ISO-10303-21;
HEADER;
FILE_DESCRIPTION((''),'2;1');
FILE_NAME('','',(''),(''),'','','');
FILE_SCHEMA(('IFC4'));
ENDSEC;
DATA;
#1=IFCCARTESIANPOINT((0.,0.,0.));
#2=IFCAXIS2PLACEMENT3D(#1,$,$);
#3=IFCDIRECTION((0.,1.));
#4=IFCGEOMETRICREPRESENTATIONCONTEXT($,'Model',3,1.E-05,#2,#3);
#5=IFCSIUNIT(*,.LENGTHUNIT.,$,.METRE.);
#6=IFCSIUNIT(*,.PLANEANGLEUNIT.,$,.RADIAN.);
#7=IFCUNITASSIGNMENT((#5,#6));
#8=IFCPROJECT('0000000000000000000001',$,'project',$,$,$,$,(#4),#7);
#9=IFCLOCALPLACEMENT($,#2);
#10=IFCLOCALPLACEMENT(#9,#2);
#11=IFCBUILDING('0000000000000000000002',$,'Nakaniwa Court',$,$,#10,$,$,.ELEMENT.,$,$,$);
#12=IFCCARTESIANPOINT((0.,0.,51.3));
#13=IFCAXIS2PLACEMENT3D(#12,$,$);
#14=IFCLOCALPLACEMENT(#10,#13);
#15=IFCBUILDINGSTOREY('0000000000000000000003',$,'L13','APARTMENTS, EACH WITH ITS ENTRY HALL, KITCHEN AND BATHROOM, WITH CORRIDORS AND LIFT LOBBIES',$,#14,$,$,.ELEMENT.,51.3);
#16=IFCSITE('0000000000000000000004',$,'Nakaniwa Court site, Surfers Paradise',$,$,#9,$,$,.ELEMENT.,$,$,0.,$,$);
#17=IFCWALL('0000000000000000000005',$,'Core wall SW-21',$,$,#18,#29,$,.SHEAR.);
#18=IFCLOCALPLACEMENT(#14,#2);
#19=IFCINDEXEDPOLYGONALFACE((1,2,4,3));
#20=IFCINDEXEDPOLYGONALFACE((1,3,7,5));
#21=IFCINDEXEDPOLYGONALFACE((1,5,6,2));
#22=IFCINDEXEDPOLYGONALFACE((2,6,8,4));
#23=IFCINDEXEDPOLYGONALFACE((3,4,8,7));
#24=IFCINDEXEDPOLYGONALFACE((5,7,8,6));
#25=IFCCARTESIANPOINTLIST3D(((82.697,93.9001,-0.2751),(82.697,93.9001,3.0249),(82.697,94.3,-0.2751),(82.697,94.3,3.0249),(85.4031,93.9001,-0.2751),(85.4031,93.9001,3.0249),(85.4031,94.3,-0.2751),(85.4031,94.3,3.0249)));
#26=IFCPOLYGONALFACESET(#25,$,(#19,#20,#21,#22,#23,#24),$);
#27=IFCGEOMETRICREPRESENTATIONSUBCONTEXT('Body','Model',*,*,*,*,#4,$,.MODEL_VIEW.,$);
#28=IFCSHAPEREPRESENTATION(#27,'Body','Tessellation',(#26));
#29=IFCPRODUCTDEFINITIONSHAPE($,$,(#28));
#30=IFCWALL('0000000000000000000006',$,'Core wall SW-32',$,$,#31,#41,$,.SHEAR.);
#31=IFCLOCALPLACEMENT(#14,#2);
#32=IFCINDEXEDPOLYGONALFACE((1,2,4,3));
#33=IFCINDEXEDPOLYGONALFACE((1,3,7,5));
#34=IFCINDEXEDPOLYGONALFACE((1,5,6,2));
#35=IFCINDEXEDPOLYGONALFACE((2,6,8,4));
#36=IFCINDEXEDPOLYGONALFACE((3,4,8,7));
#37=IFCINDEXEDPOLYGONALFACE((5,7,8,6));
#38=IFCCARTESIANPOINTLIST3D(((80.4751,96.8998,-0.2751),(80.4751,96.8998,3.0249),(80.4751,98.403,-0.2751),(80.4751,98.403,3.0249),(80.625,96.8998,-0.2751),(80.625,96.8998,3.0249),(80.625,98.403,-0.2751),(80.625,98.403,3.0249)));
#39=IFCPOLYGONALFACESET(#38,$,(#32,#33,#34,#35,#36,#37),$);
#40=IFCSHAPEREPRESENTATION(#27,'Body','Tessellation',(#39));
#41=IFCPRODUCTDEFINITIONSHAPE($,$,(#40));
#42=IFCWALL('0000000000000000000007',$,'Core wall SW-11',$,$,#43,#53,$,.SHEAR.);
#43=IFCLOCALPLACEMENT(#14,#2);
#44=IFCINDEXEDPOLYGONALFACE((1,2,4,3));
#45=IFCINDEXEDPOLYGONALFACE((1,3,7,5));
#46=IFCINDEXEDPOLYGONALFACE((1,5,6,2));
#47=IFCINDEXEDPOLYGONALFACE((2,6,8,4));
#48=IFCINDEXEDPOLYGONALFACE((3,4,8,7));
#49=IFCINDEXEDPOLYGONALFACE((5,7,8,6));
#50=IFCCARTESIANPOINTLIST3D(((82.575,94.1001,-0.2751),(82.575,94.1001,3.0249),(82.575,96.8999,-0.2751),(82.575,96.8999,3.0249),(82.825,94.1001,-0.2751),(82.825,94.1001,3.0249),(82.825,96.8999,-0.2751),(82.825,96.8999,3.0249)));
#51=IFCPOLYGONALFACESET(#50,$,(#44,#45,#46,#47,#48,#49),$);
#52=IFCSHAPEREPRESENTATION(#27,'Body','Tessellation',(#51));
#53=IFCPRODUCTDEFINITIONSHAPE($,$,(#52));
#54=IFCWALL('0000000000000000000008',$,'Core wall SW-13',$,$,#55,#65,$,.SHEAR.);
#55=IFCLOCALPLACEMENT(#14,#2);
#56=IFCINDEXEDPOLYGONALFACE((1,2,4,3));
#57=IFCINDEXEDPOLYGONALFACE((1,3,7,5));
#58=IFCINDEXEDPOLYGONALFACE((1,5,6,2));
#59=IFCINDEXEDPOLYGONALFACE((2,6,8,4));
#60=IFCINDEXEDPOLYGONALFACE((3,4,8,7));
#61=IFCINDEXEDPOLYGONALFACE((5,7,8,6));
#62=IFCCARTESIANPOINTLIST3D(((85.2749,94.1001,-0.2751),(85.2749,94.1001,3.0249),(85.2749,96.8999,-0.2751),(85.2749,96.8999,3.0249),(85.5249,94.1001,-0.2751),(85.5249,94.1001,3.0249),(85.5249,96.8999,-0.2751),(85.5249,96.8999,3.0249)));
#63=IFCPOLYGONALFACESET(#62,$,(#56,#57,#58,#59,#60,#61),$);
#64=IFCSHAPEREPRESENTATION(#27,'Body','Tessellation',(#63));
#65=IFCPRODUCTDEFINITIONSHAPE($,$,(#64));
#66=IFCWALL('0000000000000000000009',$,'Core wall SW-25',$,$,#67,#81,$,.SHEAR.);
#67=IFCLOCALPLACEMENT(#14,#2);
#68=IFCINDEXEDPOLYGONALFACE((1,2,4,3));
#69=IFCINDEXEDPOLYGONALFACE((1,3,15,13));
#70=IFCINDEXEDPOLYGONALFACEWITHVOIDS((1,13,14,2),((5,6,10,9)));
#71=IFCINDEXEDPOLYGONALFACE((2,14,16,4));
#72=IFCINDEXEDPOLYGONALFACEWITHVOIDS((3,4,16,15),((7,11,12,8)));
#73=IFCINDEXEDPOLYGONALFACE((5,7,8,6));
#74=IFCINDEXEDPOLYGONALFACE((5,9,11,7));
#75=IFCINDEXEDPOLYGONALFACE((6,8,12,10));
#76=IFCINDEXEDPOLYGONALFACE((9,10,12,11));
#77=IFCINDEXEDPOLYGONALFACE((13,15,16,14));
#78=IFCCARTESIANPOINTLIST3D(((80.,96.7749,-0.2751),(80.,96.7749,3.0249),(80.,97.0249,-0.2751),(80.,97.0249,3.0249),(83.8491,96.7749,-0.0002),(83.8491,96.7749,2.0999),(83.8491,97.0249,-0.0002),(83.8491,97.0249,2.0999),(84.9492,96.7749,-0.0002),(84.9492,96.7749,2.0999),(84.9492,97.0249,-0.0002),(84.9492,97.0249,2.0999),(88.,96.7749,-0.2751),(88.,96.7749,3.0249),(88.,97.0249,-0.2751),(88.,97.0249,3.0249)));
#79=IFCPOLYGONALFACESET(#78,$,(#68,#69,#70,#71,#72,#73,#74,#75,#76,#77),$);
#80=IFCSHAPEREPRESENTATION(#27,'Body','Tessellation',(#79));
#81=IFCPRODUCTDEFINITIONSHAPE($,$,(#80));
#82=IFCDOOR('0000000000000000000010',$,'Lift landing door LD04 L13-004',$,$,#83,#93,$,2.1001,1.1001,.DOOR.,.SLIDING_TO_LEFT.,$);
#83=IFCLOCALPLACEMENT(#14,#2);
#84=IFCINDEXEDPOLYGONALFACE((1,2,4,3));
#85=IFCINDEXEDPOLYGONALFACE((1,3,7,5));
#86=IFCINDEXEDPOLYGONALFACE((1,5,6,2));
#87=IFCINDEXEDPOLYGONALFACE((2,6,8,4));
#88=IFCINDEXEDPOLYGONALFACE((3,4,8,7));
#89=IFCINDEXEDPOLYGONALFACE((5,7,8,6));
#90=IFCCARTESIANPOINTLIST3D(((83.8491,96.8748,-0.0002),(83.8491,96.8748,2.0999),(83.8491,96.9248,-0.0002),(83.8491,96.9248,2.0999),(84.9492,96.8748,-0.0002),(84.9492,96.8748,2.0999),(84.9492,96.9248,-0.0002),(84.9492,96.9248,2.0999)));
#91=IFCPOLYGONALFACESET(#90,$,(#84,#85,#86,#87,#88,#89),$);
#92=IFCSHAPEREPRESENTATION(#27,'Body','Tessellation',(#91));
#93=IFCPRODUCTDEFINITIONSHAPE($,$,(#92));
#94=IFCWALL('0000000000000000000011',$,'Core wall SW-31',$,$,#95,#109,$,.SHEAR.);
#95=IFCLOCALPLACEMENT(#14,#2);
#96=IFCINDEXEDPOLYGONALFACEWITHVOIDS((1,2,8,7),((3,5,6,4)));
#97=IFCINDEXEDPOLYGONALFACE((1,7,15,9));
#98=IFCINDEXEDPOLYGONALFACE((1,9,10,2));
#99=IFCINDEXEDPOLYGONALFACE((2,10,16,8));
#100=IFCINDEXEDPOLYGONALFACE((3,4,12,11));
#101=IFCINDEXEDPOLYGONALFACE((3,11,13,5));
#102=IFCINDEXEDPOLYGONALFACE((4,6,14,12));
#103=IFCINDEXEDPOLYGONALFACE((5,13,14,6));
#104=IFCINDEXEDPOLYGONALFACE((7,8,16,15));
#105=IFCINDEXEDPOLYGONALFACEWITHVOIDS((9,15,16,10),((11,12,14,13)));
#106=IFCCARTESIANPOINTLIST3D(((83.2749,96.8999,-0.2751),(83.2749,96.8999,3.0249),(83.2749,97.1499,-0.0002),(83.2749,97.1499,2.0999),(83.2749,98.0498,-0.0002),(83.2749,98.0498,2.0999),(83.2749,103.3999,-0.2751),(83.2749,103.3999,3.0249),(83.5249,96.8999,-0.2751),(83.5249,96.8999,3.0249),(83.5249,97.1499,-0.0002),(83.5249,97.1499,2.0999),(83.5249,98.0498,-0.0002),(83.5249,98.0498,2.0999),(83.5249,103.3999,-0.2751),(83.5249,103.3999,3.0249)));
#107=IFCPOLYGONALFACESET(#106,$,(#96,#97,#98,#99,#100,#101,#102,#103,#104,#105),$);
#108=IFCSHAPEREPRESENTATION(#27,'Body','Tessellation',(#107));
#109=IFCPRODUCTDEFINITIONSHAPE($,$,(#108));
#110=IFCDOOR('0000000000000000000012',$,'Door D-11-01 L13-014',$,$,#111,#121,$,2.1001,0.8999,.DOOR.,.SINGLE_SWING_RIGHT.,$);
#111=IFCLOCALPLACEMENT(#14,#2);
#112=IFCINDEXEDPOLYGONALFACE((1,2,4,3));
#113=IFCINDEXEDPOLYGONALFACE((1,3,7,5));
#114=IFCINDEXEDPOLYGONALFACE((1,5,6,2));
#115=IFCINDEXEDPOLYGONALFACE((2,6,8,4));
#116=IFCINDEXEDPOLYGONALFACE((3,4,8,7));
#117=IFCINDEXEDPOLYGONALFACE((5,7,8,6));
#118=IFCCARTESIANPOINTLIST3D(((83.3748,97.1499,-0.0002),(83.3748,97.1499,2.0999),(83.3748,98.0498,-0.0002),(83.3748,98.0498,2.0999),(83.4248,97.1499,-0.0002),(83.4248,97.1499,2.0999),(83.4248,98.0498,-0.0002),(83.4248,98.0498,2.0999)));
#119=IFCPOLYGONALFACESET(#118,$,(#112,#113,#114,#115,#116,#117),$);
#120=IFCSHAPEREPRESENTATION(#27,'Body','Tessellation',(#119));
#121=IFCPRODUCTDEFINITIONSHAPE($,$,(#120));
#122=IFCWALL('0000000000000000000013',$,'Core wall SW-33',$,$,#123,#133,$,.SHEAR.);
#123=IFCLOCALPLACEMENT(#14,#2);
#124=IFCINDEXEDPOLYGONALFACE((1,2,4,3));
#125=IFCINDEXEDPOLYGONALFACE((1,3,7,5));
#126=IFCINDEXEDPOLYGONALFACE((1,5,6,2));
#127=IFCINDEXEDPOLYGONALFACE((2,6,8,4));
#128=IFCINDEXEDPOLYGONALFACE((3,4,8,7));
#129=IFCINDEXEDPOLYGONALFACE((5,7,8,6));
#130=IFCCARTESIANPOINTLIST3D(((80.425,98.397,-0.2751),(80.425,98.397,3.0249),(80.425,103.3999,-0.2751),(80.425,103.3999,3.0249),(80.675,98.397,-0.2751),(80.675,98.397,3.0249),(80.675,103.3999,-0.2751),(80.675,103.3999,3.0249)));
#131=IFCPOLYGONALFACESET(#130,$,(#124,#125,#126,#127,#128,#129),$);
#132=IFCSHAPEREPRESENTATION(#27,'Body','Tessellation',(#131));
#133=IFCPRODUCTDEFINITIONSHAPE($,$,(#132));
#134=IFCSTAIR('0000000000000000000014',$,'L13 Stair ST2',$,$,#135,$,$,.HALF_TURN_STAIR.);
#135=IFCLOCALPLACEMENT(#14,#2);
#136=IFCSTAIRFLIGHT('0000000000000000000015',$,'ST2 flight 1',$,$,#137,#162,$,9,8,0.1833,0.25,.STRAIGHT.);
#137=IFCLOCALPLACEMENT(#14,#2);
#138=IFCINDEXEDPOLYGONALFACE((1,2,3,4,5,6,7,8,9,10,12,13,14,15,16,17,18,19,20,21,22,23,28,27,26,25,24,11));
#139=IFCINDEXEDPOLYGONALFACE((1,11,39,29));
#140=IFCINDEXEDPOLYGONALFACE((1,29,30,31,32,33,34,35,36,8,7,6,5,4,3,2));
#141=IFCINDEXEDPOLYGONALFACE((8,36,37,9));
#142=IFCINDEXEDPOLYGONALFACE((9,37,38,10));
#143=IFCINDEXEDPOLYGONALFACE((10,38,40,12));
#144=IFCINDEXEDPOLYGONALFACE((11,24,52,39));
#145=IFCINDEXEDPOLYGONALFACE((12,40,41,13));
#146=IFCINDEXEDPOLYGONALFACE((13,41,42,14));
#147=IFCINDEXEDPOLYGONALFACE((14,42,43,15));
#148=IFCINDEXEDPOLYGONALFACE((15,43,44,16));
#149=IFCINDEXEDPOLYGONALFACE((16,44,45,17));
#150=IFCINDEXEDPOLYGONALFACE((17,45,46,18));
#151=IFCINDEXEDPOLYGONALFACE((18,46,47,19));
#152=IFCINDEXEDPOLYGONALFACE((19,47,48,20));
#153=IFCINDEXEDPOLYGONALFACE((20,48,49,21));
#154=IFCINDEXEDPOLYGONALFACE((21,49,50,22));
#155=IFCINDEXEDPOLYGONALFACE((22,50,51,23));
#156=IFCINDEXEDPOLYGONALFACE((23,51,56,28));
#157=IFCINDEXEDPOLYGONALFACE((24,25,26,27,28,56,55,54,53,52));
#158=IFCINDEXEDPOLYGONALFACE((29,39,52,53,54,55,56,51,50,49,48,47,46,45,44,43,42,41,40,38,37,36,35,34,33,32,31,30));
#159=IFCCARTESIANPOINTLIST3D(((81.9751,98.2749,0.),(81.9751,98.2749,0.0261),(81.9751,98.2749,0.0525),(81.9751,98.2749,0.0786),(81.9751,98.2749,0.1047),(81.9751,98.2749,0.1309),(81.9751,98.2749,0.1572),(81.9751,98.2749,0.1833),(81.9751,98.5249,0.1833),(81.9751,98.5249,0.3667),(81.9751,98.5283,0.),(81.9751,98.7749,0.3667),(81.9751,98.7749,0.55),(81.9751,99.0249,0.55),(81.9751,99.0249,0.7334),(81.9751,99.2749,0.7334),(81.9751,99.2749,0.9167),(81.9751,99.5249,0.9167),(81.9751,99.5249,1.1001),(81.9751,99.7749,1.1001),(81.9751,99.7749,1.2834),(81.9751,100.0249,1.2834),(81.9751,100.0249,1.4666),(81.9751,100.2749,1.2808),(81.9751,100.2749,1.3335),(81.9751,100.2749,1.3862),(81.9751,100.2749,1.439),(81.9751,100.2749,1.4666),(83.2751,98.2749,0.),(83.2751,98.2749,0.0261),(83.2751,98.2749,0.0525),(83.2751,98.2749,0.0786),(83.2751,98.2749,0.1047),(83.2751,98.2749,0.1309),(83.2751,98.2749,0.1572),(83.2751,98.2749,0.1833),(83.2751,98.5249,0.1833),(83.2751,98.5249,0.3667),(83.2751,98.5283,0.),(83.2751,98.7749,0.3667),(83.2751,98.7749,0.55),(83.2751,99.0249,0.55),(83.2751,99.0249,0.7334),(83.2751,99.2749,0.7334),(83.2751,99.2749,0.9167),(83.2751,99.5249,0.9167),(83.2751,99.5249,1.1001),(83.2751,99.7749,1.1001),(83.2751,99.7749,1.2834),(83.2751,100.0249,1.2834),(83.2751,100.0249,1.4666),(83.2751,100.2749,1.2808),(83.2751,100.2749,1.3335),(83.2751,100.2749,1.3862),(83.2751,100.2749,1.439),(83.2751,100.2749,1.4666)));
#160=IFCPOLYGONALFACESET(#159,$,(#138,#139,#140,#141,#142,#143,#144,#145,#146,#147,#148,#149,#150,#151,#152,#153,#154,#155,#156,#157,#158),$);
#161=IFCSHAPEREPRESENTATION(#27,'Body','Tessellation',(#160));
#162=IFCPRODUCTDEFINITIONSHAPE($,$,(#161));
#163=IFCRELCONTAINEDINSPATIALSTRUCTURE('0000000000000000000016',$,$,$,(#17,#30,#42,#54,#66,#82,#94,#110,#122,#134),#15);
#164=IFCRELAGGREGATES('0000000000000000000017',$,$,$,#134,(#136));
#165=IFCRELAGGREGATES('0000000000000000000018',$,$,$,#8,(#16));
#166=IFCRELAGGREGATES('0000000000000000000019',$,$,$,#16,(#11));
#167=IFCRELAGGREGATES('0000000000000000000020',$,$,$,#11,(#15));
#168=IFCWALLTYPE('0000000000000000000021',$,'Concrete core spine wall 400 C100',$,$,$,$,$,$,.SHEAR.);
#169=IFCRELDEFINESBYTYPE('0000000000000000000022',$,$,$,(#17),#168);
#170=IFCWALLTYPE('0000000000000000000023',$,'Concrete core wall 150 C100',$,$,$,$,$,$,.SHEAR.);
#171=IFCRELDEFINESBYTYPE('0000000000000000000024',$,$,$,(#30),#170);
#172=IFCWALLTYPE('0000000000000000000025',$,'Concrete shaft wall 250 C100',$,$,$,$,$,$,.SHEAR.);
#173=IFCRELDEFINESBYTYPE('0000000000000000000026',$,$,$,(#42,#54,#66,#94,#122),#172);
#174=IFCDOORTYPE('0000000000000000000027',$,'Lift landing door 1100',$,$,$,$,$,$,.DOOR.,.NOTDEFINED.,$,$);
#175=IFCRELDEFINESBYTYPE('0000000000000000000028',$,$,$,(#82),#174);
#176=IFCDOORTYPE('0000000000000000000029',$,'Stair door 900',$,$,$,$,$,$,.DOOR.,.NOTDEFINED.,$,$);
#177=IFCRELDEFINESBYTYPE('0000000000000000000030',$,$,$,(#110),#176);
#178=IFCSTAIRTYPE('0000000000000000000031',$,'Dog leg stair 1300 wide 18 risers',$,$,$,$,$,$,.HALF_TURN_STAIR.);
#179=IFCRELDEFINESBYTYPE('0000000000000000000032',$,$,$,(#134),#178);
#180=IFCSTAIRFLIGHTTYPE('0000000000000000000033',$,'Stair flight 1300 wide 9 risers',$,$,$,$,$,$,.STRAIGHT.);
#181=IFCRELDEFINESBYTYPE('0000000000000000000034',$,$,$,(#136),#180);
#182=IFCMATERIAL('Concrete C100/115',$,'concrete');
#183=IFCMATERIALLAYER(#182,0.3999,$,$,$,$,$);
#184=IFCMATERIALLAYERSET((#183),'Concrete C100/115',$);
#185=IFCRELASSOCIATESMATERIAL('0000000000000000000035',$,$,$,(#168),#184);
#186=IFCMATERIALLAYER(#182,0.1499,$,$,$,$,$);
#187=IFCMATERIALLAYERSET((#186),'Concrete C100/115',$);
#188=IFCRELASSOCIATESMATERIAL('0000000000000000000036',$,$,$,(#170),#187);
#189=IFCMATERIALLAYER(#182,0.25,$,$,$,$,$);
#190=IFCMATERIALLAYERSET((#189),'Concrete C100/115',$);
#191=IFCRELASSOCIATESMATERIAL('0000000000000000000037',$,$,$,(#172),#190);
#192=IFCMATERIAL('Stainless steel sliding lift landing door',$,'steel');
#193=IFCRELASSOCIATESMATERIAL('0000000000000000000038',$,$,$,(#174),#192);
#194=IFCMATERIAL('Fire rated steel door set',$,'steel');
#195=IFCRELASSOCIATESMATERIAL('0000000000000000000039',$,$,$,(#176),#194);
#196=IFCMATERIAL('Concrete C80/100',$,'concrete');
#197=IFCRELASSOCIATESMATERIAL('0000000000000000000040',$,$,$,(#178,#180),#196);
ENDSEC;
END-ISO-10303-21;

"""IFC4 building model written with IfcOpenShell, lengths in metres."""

from ifc_helpers import new_model, si_unit, direction, frame, frame_2d, origin, place, context, subcontext, project, spatial, polyline, rectangle, outline, extrude, material, layer, layer_set, type_object, element, fill, aggregate, save


model = new_model("IFC4")

# Units and contexts
model_context = context("Model", 3, precision=1e-05, world=origin(), true_north=direction((0.0, 1.0)))
body_context = subcontext(model_context, "Body", "Model", "MODEL_VIEW")
ifc_project = project(units=[si_unit("LENGTHUNIT", "METRE"), si_unit("PLANEANGLEUNIT", "RADIAN")], contexts=[model_context])

# Site, building, storey
site_placement = place(None, origin())
site = spatial("IfcSite", under=ifc_project, at=site_placement, Name="Nakaniwa Court site, Surfers Paradise", CompositionType="ELEMENT", RefElevation=0.0)
building_placement = place(site_placement, origin())
building = spatial("IfcBuilding", under=site, at=building_placement, Name="Nakaniwa Court", CompositionType="ELEMENT")
storey_placement = place(building_placement, frame((0.0, 0.0, 51.3)))
storey = spatial("IfcBuildingStorey", under=building, at=storey_placement, Name="L13", Description="APARTMENTS, EACH WITH ITS ENTRY HALL, KITCHEN AND BATHROOM, WITH CORRIDORS AND LIFT LOBBIES", CompositionType="ELEMENT", Elevation=51.3)

# Shared definitions
ifc_material_1 = material(Name="Concrete C80/100", Category="concrete")

# Shared definitions
ifc_material_2 = material(Name="Fire rated steel door set", Category="steel")

# Shared definitions
ifc_material_3 = material(Name="Concrete C100/115", Category="concrete")

# Walls
ifc_layer_1 = layer(ifc_material_3, 0.3999)
ifc_layer_set_1 = layer_set([ifc_layer_1], Name="Concrete C100/115")
wall_type_1 = type_object("IfcWallType", Name="Concrete core spine wall 400 C100", PredefinedType="SHEAR", material=ifc_layer_set_1)
wall_1_placement = place(storey_placement, frame((82.697, 94.1001, -0.2751), z_axis=(0.0, 0.0, 1.0), x_axis=(1.0, 0.0, 0.0)))
element("IfcWall", 1, at=wall_1_placement, inside=storey, type_object=wall_type_1, Name="Core wall SW-21", PredefinedType="SHEAR", context=body_context, shape_type="SweptSolid", body=[
    extrude(rectangle(XDim=2.7061, YDim=0.3999, at=frame_2d((1.353, 0.0))), origin(), (0.0, 0.0, 1.0), 3.3),
])
ifc_layer_2 = layer(ifc_material_3, 0.1499)
ifc_layer_set_2 = layer_set([ifc_layer_2], Name="Concrete C100/115")
wall_type_2 = type_object("IfcWallType", Name="Concrete core wall 150 C100", PredefinedType="SHEAR", material=ifc_layer_set_2)
wall_2_placement = place(storey_placement, frame((80.55, 96.8999, -0.2751), z_axis=(0.0, 0.0, 1.0), x_axis=(0.0, 1.0, 0.0)))
element("IfcWall", 2, at=wall_2_placement, inside=storey, type_object=wall_type_2, Name="Core wall SW-32", PredefinedType="SHEAR", context=body_context, shape_type="SweptSolid", body=[
    extrude(rectangle(XDim=1.5032, YDim=0.1499, at=frame_2d((0.7515, 0.0))), origin(), (0.0, 0.0, 1.0), 3.3),
])
ifc_layer_3 = layer(ifc_material_3, 0.25)
ifc_layer_set_3 = layer_set([ifc_layer_3], Name="Concrete C100/115")
wall_type_3 = type_object("IfcWallType", Name="Concrete shaft wall 250 C100", PredefinedType="SHEAR", material=ifc_layer_set_3)
for number, where, z_axis, x_axis, name in (
    (3, (82.7, 94.1001, -0.2751), (0.0, 0.0, 1.0), (0.0, 1.0, 0.0), "Core wall SW-11"),
    (4, (85.3999, 94.1001, -0.2751), (0.0, 0.0, 1.0), (0.0, 1.0, 0.0), "Core wall SW-13"),
):
    element("IfcWall", number, at=place(storey_placement, frame(where, z_axis=z_axis, x_axis=x_axis)), inside=storey, type_object=wall_type_3, Name=name, PredefinedType="SHEAR", context=body_context, shape_type="SweptSolid", body=[
        extrude(rectangle(XDim=2.7998, YDim=0.25, at=frame_2d((1.3999, 0.0))), origin(), (0.0, 0.0, 1.0), 3.3),
    ])

# Walls, openings, doors
wall_3_placement = place(storey_placement, frame((80.0, 96.8999, -0.2751), z_axis=(0.0, 0.0, 1.0), x_axis=(1.0, 0.0, 0.0)))
wall_3 = element("IfcWall", 5, at=wall_3_placement, inside=storey, type_object=wall_type_3, Name="Core wall SW-25", PredefinedType="SHEAR", context=body_context, shape_type="SweptSolid", body=[
    extrude(rectangle(XDim=8.0, YDim=0.25, at=frame_2d((4.0, 0.0))), origin(), (0.0, 0.0, 1.0), 3.3),
])
opening_1_placement = place(wall_3_placement, frame((3.8491, 0.0, 0.2749)))
opening_1 = element("IfcOpeningElement", 6, at=opening_1_placement, cuts=wall_3, PredefinedType="OPENING", context=body_context, shape_type="SweptSolid", body=[
    extrude(rectangle(XDim=1.1001, YDim=2.1001, at=frame_2d((0.55, 1.05))), frame((0.0, 0.135, 0.0), z_axis=(0.0, -1.0, 0.0), x_axis=(1.0, 0.0, 0.0)), (0.0, 0.0, 1.0), 0.27),
])
ifc_material_4 = material(Name="Stainless steel sliding lift landing door", Category="steel")
door_type_1 = type_object("IfcDoorType", Name="Lift landing door 1100", OperationType="NOTDEFINED", PredefinedType="DOOR", material=ifc_material_4)
door_1_placement = place(opening_1_placement, origin())
door_1 = element("IfcDoor", 7, at=door_1_placement, inside=storey, type_object=door_type_1, Name="Lift landing door LD04 L13-004", OperationType="SLIDING_TO_LEFT", OverallHeight=2.1001, OverallWidth=1.1001, PredefinedType="DOOR", context=body_context, shape_type="SweptSolid", body=[
    extrude(rectangle(XDim=1.1001, YDim=2.1001, at=frame_2d((0.55, 1.05))), frame((0.0, 0.0249, 0.0), z_axis=(0.0, -1.0, 0.0), x_axis=(1.0, 0.0, 0.0)), (0.0, 0.0, 1.0), 0.05),
])
fill(opening_1, door_1)
wall_4_placement = place(storey_placement, frame((83.3999, 103.3999, -0.2751), z_axis=(0.0, 0.0, 1.0), x_axis=(0.0, -1.0, 0.0)))
wall_4 = element("IfcWall", 8, at=wall_4_placement, inside=storey, type_object=wall_type_3, Name="Core wall SW-31", PredefinedType="SHEAR", context=body_context, shape_type="SweptSolid", body=[
    extrude(rectangle(XDim=6.5, YDim=0.25, at=frame_2d((3.25, 0.0))), origin(), (0.0, 0.0, 1.0), 3.3),
])
opening_2_placement = place(wall_4_placement, frame((5.3501, 0.0, 0.2749)))
opening_2 = element("IfcOpeningElement", 9, at=opening_2_placement, cuts=wall_4, PredefinedType="OPENING", context=body_context, shape_type="SweptSolid", body=[
    extrude(rectangle(XDim=0.8999, YDim=2.1001, at=frame_2d((0.45, 1.05))), frame((0.0, 0.135, 0.0), z_axis=(0.0, -1.0, 0.0), x_axis=(1.0, 0.0, 0.0)), (0.0, 0.0, 1.0), 0.27),
])
door_type_2 = type_object("IfcDoorType", Name="Stair door 900", OperationType="NOTDEFINED", PredefinedType="DOOR", material=ifc_material_2)
door_2_placement = place(opening_2_placement, origin())
door_2 = element("IfcDoor", 10, at=door_2_placement, inside=storey, type_object=door_type_2, Name="Door D-11-01 L13-014", OperationType="SINGLE_SWING_RIGHT", OverallHeight=2.1001, OverallWidth=0.8999, PredefinedType="DOOR", context=body_context, shape_type="SweptSolid", body=[
    extrude(rectangle(XDim=0.8999, YDim=2.1001, at=frame_2d((0.45, 1.05))), frame((0.0, 0.0249, 0.0), z_axis=(0.0, -1.0, 0.0), x_axis=(1.0, 0.0, 0.0)), (0.0, 0.0, 1.0), 0.05),
])
fill(opening_2, door_2)

# Wall
wall_5_placement = place(storey_placement, frame((80.55, 98.397, -0.2751), z_axis=(0.0, 0.0, 1.0), x_axis=(0.0, 1.0, 0.0)))
element("IfcWall", 11, at=wall_5_placement, inside=storey, type_object=wall_type_3, Name="Core wall SW-33", PredefinedType="SHEAR", context=body_context, shape_type="SweptSolid", body=[
    extrude(rectangle(XDim=5.0029, YDim=0.25, at=frame_2d((2.5015, 0.0))), origin(), (0.0, 0.0, 1.0), 3.3),
])

# Stair, stair flight
stair_type = type_object("IfcStairType", Name="Dog leg stair 1300 wide 18 risers", PredefinedType="HALF_TURN_STAIR", material=ifc_material_1)
stair_placement = place(storey_placement, origin())
stair = element("IfcStair", 12, at=stair_placement, inside=storey, type_object=stair_type, Name="L13 Stair ST2", PredefinedType="HALF_TURN_STAIR")
stair_flight_type = type_object("IfcStairFlightType", Name="Stair flight 1300 wide 9 risers", PredefinedType="STRAIGHT", material=ifc_material_1)
stair_flight_1_placement = place(storey_placement, frame((82.625, 98.2749, 0.0), z_axis=(0.0, 0.0, 1.0), x_axis=(0.0, 1.0, 0.0)))
stair_flight_1 = element("IfcStairFlight", 13, at=stair_flight_1_placement, type_object=stair_flight_type, Name="ST2 flight 1", NumberOfRisers=9, NumberOfTreads=8, PredefinedType="STRAIGHT", RiserHeight=0.1833, TreadLength=0.25, context=body_context, shape_type="SweptSolid", body=[
    extrude(outline(polyline([(0.0, 0.0), (0.0, 0.0261), (0.0, 0.0525), (0.0, 0.0786), (0.0, 0.1047), (0.0, 0.1309), (0.0, 0.1572), (0.0, 0.1833), (0.25, 0.1833), (0.25, 0.3667), (0.5, 0.3667), (0.5, 0.55), (0.75, 0.55), (0.75, 0.7334), (1.0, 0.7334), (1.0, 0.9167), (1.25, 0.9167), (1.25, 1.1001), (1.5, 1.1001), (1.5, 1.2834), (1.75, 1.2834), (1.75, 1.4666), (2.0, 1.4666), (2.0, 1.6499), (2.0, 1.5972), (2.0, 1.5444), (2.0, 1.4917), (2.0, 1.439), (2.0, 1.3862), (2.0, 1.3335), (2.0, 1.2808), (0.2534, 0.0), (0.0, 0.0)])), frame((0.0, 0.6499, 0.0), z_axis=(0.0, -1.0, 0.0), x_axis=(1.0, 0.0, 0.0)), (0.0, 0.0, 1.0), 1.3),
])
aggregate(stair, [stair_flight_1])

save(model, "model.ifc")
